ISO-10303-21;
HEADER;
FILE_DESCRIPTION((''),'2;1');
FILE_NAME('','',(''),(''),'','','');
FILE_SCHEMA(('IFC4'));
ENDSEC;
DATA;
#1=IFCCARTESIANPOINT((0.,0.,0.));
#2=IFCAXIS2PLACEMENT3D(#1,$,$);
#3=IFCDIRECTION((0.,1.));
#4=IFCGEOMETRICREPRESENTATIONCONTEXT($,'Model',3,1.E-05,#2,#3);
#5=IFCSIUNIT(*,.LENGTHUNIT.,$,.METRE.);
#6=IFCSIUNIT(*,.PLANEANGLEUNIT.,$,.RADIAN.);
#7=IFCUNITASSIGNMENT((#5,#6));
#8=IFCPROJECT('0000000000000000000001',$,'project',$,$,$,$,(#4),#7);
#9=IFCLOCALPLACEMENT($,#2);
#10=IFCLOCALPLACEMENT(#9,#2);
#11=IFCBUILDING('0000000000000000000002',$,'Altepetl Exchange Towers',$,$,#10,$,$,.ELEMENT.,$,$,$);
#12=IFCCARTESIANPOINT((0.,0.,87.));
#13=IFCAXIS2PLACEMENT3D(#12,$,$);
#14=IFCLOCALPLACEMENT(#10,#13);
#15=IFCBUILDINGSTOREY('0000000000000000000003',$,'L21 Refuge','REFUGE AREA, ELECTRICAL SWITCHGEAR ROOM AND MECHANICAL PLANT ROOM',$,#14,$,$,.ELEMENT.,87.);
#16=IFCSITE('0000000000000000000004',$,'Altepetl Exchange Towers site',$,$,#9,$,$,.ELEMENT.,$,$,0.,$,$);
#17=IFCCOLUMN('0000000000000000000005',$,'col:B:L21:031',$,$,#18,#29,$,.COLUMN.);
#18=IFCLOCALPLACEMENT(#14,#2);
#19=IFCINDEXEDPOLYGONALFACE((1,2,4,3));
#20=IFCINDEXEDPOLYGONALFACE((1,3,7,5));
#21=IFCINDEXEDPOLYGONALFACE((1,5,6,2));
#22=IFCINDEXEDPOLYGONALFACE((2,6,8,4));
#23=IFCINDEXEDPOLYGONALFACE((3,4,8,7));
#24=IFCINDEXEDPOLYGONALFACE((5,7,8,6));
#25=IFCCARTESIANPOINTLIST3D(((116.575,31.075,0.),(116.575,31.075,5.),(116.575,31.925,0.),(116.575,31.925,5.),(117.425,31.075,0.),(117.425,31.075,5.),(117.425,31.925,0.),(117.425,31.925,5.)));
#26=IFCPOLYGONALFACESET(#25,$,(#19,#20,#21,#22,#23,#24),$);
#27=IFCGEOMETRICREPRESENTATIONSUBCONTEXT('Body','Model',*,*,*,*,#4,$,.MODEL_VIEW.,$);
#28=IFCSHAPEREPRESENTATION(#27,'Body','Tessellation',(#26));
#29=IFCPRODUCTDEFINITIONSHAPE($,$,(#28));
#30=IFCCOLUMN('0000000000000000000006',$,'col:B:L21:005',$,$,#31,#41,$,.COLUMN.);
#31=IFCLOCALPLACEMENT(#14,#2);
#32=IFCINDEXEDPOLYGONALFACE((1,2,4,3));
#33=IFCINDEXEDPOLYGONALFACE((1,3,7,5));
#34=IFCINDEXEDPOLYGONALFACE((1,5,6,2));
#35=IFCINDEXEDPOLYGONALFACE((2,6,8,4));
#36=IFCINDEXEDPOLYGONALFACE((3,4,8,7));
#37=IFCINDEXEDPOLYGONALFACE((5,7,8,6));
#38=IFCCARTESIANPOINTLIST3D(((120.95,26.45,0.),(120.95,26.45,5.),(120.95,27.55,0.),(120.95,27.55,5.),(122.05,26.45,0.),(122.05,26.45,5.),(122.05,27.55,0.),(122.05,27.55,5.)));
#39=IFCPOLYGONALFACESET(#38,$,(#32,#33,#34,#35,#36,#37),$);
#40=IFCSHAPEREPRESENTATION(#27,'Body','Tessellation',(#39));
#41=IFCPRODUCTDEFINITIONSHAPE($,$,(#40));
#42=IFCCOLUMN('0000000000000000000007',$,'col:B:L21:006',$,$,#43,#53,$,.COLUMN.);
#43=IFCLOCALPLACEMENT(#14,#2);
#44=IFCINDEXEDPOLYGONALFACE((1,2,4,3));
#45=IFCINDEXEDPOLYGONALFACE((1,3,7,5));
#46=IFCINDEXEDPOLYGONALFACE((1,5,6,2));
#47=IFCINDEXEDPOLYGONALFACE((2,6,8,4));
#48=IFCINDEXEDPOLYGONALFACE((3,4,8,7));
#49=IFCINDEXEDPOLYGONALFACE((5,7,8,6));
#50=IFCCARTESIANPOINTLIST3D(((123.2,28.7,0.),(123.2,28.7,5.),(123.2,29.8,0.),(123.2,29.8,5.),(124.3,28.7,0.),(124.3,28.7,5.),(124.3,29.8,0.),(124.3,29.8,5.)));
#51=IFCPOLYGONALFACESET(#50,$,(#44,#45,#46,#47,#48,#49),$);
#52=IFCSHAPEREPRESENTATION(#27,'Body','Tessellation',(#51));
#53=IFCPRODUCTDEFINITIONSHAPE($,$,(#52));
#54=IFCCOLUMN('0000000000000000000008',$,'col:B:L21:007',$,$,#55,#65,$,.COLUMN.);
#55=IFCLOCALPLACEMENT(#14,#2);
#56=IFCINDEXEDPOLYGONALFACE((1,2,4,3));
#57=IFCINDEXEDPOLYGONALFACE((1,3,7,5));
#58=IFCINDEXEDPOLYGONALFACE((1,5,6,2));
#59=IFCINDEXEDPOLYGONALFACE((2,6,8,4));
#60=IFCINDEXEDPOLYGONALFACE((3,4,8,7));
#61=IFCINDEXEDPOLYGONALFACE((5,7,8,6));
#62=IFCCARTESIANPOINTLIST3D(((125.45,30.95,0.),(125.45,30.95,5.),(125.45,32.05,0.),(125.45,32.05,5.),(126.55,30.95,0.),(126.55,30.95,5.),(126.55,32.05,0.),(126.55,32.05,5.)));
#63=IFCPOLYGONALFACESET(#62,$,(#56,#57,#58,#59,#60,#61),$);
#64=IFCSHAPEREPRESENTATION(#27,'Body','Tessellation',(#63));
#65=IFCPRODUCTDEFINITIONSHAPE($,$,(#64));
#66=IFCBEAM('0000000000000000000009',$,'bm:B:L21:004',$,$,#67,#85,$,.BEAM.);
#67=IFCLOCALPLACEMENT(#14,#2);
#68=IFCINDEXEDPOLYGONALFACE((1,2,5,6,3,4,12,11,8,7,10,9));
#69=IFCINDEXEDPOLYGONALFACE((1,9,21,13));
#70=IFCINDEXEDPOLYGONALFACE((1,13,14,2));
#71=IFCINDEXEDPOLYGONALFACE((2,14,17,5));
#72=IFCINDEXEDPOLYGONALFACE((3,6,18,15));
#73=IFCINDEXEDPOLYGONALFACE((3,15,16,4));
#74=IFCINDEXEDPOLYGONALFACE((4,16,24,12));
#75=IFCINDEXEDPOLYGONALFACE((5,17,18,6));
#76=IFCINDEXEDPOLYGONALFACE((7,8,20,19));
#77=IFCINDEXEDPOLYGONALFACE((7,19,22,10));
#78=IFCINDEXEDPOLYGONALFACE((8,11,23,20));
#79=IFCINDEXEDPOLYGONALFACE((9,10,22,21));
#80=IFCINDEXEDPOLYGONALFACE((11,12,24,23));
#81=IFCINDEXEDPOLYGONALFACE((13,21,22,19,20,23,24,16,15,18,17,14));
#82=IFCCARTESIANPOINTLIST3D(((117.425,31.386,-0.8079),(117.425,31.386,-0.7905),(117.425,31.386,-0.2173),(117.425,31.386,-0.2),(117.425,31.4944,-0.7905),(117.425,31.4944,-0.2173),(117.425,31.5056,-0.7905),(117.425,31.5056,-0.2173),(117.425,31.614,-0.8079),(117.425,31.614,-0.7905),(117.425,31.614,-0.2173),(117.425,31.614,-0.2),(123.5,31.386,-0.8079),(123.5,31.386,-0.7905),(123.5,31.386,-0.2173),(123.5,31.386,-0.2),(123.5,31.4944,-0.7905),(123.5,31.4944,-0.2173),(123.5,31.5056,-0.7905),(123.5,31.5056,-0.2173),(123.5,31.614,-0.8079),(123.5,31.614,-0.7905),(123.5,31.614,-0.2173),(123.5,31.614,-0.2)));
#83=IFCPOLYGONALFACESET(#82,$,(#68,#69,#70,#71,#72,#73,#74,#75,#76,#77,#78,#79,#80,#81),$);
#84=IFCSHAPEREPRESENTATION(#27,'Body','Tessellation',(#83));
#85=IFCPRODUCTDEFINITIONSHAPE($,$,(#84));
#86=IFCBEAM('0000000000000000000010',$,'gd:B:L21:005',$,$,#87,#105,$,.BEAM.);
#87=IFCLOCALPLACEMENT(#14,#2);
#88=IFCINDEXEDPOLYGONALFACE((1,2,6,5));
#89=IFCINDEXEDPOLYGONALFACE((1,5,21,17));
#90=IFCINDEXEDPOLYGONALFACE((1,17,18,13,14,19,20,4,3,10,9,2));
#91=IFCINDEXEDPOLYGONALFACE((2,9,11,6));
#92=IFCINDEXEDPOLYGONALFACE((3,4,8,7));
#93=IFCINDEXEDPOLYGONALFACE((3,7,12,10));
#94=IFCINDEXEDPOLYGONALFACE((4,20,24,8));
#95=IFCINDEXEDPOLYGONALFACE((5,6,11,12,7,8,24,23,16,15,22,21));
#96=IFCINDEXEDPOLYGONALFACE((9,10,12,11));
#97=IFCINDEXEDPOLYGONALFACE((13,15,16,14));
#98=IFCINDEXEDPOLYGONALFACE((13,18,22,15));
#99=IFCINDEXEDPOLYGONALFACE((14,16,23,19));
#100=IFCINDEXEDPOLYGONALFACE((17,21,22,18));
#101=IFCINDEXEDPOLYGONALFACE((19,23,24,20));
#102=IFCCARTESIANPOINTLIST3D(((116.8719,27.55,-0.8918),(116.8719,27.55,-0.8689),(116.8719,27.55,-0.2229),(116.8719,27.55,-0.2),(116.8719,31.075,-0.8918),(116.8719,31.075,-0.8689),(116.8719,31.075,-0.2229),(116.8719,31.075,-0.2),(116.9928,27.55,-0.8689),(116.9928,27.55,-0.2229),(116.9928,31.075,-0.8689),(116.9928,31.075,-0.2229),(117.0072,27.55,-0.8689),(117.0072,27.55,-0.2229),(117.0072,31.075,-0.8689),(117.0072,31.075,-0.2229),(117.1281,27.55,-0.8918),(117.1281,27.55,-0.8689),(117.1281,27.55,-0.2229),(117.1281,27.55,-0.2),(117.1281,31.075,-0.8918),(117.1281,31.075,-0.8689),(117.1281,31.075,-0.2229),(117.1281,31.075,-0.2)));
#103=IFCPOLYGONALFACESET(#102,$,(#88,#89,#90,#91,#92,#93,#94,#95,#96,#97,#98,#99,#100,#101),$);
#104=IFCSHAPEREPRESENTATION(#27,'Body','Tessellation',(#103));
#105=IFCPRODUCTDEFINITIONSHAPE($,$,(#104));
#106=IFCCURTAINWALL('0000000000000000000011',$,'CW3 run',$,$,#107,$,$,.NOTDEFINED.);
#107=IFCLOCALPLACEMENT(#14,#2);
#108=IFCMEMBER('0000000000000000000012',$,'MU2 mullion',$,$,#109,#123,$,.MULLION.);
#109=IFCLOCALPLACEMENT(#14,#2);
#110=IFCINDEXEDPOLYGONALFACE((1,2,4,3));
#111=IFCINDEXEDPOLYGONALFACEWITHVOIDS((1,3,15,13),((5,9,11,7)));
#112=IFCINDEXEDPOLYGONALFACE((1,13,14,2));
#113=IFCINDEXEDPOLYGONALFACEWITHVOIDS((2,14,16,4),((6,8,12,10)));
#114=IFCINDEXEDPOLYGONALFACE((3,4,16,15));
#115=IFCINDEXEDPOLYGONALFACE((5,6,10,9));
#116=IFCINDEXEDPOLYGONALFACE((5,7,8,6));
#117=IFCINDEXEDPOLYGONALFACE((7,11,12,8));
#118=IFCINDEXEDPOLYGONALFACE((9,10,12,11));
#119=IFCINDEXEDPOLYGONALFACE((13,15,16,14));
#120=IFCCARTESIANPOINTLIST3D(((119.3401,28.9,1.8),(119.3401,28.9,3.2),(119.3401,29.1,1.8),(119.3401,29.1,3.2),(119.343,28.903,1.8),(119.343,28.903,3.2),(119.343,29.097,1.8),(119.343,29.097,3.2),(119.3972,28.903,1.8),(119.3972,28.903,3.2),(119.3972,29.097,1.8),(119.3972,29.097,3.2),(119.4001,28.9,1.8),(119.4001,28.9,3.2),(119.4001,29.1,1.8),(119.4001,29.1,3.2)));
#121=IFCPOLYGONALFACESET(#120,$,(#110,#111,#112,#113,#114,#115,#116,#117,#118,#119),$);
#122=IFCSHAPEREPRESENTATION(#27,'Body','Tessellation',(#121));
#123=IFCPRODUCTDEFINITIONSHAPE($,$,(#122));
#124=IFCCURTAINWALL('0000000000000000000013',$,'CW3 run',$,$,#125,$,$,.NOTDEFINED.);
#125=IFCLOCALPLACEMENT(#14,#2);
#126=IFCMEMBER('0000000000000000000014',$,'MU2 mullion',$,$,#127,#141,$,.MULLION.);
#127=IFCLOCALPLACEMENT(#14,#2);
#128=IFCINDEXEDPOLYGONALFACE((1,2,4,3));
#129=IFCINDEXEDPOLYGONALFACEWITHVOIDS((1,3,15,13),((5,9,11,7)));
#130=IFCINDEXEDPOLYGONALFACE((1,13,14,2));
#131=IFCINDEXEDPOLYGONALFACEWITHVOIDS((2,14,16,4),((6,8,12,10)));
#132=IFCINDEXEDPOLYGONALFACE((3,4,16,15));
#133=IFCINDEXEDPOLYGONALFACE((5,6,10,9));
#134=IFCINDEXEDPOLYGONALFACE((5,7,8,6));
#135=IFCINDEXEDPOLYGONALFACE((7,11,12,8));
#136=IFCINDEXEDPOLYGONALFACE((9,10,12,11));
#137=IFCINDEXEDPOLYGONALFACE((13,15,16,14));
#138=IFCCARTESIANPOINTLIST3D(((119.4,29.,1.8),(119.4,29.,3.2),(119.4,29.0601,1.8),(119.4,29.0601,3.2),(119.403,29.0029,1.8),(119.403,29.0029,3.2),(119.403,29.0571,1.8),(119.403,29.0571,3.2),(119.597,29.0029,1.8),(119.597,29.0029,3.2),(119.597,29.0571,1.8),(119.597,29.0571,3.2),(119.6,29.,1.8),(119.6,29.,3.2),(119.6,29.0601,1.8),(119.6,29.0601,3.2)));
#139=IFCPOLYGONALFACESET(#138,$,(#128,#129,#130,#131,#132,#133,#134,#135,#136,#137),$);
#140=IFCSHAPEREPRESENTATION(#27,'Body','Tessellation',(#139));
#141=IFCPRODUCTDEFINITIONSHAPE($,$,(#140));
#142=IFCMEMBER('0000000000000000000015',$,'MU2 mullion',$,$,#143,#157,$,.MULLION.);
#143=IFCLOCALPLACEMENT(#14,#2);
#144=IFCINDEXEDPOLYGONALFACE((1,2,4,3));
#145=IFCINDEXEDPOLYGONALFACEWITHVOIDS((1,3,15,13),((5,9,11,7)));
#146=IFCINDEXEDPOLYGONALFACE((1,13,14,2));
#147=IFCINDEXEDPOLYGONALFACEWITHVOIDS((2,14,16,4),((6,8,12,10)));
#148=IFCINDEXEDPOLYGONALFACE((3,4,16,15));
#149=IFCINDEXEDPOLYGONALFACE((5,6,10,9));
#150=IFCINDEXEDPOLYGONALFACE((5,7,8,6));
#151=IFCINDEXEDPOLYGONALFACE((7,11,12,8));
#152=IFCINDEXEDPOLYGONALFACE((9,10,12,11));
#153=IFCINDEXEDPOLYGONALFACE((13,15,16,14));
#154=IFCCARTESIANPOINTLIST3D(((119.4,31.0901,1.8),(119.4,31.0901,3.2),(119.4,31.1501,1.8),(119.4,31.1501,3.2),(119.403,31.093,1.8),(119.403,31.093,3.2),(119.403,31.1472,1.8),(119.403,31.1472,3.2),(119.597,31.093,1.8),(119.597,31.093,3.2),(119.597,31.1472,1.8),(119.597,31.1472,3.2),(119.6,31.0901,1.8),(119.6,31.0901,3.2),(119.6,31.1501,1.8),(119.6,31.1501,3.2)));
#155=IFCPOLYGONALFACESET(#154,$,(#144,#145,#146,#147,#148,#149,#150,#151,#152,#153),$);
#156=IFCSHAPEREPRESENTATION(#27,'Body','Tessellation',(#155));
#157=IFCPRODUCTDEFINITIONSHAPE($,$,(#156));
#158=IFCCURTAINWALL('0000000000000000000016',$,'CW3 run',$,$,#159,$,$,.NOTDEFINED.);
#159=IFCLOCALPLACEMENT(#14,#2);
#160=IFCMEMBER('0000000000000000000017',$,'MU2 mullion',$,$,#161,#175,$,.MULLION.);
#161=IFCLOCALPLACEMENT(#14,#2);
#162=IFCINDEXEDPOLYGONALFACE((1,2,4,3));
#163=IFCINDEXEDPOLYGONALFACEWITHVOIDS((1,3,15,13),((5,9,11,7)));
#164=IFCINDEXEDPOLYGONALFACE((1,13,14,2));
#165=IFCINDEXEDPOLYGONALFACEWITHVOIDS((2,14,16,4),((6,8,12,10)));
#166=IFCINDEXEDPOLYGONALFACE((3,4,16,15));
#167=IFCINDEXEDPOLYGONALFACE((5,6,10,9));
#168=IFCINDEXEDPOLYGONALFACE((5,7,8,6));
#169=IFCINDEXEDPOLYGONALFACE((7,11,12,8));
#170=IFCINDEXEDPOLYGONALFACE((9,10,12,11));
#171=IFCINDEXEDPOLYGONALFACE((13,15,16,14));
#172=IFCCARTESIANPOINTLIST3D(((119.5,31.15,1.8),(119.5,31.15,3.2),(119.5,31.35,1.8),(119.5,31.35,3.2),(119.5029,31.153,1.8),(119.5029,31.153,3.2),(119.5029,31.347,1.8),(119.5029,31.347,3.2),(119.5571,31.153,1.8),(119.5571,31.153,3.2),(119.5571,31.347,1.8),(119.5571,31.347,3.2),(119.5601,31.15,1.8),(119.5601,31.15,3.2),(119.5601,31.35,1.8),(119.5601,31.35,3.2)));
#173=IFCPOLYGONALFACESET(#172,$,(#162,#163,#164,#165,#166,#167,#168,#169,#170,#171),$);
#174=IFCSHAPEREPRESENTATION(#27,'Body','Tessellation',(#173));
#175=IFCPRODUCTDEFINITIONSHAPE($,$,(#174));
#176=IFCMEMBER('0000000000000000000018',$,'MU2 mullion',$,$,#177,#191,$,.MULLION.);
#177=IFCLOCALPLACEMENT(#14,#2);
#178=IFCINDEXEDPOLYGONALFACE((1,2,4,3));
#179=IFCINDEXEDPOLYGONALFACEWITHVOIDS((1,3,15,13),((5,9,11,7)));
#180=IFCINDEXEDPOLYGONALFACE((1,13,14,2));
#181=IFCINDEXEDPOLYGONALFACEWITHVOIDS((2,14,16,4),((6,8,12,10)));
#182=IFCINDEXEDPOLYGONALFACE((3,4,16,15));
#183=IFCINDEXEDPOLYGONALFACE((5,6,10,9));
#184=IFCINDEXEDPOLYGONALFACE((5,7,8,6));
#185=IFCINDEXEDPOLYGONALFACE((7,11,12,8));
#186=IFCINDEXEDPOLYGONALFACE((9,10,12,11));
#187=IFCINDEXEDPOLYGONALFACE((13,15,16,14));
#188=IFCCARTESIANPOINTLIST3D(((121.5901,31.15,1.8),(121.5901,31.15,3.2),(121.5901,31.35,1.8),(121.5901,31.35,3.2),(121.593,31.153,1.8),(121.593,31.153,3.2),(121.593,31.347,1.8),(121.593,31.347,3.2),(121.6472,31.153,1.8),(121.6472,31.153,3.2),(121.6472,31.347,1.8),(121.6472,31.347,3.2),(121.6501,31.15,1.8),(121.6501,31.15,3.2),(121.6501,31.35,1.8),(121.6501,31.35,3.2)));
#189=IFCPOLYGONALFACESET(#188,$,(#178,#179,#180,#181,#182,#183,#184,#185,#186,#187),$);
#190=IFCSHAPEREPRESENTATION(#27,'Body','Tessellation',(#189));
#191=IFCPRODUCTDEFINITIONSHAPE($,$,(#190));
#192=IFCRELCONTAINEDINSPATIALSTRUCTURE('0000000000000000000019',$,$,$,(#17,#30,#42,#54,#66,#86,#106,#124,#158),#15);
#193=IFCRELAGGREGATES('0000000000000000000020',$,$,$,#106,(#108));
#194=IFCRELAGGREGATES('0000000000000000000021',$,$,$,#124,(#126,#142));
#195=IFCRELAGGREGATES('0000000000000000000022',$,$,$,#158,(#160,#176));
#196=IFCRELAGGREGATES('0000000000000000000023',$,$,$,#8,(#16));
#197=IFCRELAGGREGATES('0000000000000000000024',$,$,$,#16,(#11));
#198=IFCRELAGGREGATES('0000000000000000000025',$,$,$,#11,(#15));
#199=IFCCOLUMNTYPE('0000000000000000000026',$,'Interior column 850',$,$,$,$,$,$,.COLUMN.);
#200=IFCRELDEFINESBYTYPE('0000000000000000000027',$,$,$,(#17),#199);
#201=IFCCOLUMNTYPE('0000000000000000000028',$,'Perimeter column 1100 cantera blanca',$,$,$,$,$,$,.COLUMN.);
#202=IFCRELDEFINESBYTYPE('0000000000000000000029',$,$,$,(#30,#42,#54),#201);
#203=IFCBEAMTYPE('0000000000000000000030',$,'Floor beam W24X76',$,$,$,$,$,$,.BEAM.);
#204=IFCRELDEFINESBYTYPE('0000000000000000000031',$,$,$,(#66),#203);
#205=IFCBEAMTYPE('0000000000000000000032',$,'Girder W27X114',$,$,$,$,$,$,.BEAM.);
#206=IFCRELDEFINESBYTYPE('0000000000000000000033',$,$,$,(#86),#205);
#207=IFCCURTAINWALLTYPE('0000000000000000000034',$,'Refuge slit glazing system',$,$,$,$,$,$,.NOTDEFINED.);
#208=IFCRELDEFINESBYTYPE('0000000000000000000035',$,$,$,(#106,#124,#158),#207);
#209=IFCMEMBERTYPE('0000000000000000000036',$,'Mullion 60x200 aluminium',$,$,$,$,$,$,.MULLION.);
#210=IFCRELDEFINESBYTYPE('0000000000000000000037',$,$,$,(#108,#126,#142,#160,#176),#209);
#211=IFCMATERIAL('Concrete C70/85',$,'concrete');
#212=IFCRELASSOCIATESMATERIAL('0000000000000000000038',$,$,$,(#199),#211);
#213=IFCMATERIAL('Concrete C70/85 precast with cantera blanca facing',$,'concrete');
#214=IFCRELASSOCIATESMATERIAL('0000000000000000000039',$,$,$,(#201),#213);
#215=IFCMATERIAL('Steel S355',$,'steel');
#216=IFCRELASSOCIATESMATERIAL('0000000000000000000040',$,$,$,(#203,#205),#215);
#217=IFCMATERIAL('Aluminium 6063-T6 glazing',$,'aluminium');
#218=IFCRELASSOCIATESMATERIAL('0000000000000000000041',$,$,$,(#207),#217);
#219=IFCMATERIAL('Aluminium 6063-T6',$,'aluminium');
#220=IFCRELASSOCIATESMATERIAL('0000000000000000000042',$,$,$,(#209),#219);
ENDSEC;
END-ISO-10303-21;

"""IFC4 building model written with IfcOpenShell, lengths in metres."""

from ifc_helpers import new_model, si_unit, direction, frame, origin, origin_2d, place, context, subcontext, project, spatial, rectangle, hollow_rectangle, i_section, extrude, material, material_profile, profile_set, type_object, element, aggregate, save


model = new_model("IFC4")

# Units and contexts
model_context = context("Model", 3, precision=1e-05, world=origin(), true_north=direction((0.0, 1.0)))
body_context = subcontext(model_context, "Body", "Model", "MODEL_VIEW")
ifc_project = project(units=[si_unit("LENGTHUNIT", "METRE"), si_unit("PLANEANGLEUNIT", "RADIAN")], contexts=[model_context])

# Site, building, storey
site_placement = place(None, origin())
site = spatial("IfcSite", under=ifc_project, at=site_placement, Name="Altepetl Exchange Towers site", CompositionType="ELEMENT", RefElevation=0.0)
building_placement = place(site_placement, origin())
building = spatial("IfcBuilding", under=site, at=building_placement, Name="Altepetl Exchange Towers", CompositionType="ELEMENT")
storey_placement = place(building_placement, frame((0.0, 0.0, 87.0)))
storey = spatial("IfcBuildingStorey", under=building, at=storey_placement, Name="L21 Refuge", Description="REFUGE AREA, ELECTRICAL SWITCHGEAR ROOM AND MECHANICAL PLANT ROOM", CompositionType="ELEMENT", Elevation=87.0)

# Columns
ifc_material_1 = material(Name="Concrete C70/85", Category="concrete")
ifc_material_profile_1 = material_profile(ifc_material_1, rectangle(XDim=0.8501, YDim=0.8501, at=origin_2d()), Name="850 x 850")
ifc_profile_set_1 = profile_set([ifc_material_profile_1], Name="Concrete C70/85")
column_type_1 = type_object("IfcColumnType", Name="Interior column 850", PredefinedType="COLUMN", material=ifc_profile_set_1)
column_placement = place(storey_placement, frame((117.0, 31.5, 0.0)))
element("IfcColumn", 1, at=column_placement, inside=storey, type_object=column_type_1, Name="col:B:L21:031", PredefinedType="COLUMN", context=body_context, shape_type="SweptSolid", body=[
    extrude(rectangle(XDim=0.8501, YDim=0.8501, at=origin_2d()), origin(), (0.0, 0.0, 1.0), 5.0),
])
ifc_material_2 = material(Name="Concrete C70/85 precast with cantera blanca facing", Category="concrete")
ifc_material_profile_2 = material_profile(ifc_material_2, rectangle(XDim=1.1001, YDim=1.1001, at=origin_2d()), Name="1100 x 1100")
ifc_profile_set_2 = profile_set([ifc_material_profile_2], Name="Concrete C70/85 precast with cantera blanca facing")
column_type_2 = type_object("IfcColumnType", Name="Perimeter column 1100 cantera blanca", PredefinedType="COLUMN", material=ifc_profile_set_2)
for number, where, name in (
    (2, (121.5, 27.0, 0.0), "col:B:L21:005"),
    (3, (123.75, 29.25, 0.0), "col:B:L21:006"),
    (4, (126.0, 31.5, 0.0), "col:B:L21:007"),
):
    element("IfcColumn", number, at=place(storey_placement, frame(where)), inside=storey, type_object=column_type_2, Name=name, PredefinedType="COLUMN", context=body_context, shape_type="SweptSolid", body=[
        extrude(rectangle(XDim=1.1001, YDim=1.1001, at=origin_2d()), origin(), (0.0, 0.0, 1.0), 5.0),
    ])

# Beams
ifc_material_3 = material(Name="Steel S355", Category="steel")
ifc_material_profile_3 = material_profile(ifc_material_3, i_section(OverallWidth=0.228, OverallDepth=0.6079, WebThickness=0.0112, FlangeThickness=0.0173, at=origin_2d()), Name="W24X76")
ifc_profile_set_3 = profile_set([ifc_material_profile_3], Name="Steel S355")
beam_type_1 = type_object("IfcBeamType", Name="Floor beam W24X76", PredefinedType="BEAM", material=ifc_profile_set_3)
beam_1_placement = place(storey_placement, frame((117.425, 31.5, -0.5039), z_axis=(1.0, 0.0, 0.0), x_axis=(0.0, 1.0, 0.0)))
element("IfcBeam", 5, at=beam_1_placement, inside=storey, type_object=beam_type_1, Name="bm:B:L21:004", PredefinedType="BEAM", context=body_context, shape_type="SweptSolid", body=[
    extrude(i_section(OverallWidth=0.228, OverallDepth=0.6079, WebThickness=0.0112, FlangeThickness=0.0173, at=origin_2d()), origin(), (0.0, 0.0, 1.0), 6.075),
])
ifc_material_profile_4 = material_profile(ifc_material_3, i_section(OverallWidth=0.2561, OverallDepth=0.6919, WebThickness=0.0144, FlangeThickness=0.0229, at=origin_2d()), Name="W27X114")
ifc_profile_set_4 = profile_set([ifc_material_profile_4], Name="Steel S355")
beam_type_2 = type_object("IfcBeamType", Name="Girder W27X114", PredefinedType="BEAM", material=ifc_profile_set_4)
beam_2_placement = place(storey_placement, frame((117.0, 31.075, -0.5459), z_axis=(0.0, -1.0, 0.0), x_axis=(1.0, 0.0, 0.0)))
element("IfcBeam", 6, at=beam_2_placement, inside=storey, type_object=beam_type_2, Name="gd:B:L21:005", PredefinedType="BEAM", context=body_context, shape_type="SweptSolid", body=[
    extrude(i_section(OverallWidth=0.2561, OverallDepth=0.6919, WebThickness=0.0144, FlangeThickness=0.0229, at=origin_2d()), origin(), (0.0, 0.0, 1.0), 3.5249),
])

# Curtain wall, member
ifc_material_4 = material(Name="Aluminium 6063-T6 glazing", Category="aluminium")
curtain_wall_type = type_object("IfcCurtainWallType", Name="Refuge slit glazing system", PredefinedType="NOTDEFINED", material=ifc_material_4)
curtain_wall_1_placement = place(storey_placement, origin())
curtain_wall_1 = element("IfcCurtainWall", 7, at=curtain_wall_1_placement, inside=storey, type_object=curtain_wall_type, Name="CW3 run", PredefinedType="NOTDEFINED")
ifc_material_5 = material(Name="Aluminium 6063-T6", Category="aluminium")
ifc_material_profile_5 = material_profile(ifc_material_5, hollow_rectangle(XDim=0.0601, YDim=0.2, WallThickness=0.0029, at=origin_2d()), Name="Mullion 60x200 aluminium")
ifc_profile_set_5 = profile_set([ifc_material_profile_5], Name="Aluminium 6063-T6")
member_type = type_object("IfcMemberType", Name="Mullion 60x200 aluminium", PredefinedType="MULLION", material=ifc_profile_set_5)
member_1_placement = place(storey_placement, frame((119.3701, 29.0, 1.8)))
member_1 = element("IfcMember", 8, at=member_1_placement, type_object=member_type, Name="MU2 mullion", PredefinedType="MULLION", context=body_context, shape_type="SweptSolid", body=[
    extrude(hollow_rectangle(XDim=0.0601, YDim=0.2, WallThickness=0.0029, at=origin_2d()), origin(), (0.0, 0.0, 1.0), 1.3999),
])

# Curtain walls, members
curtain_wall_2_placement = place(storey_placement, origin())
curtain_wall_2 = element("IfcCurtainWall", 9, at=curtain_wall_2_placement, inside=storey, type_object=curtain_wall_type, Name="CW3 run", PredefinedType="NOTDEFINED")
member_2_placement = place(storey_placement, frame((119.5, 29.03, 1.8), z_axis=(0.0, 0.0, 1.0), x_axis=(0.0, 1.0, 0.0)))
member_2 = element("IfcMember", 10, at=member_2_placement, type_object=member_type, Name="MU2 mullion", PredefinedType="MULLION", context=body_context, shape_type="SweptSolid", body=[
    extrude(hollow_rectangle(XDim=0.0601, YDim=0.2, WallThickness=0.0029, at=origin_2d()), origin(), (0.0, 0.0, 1.0), 1.3999),
])
member_3_placement = place(storey_placement, frame((119.5, 31.1201, 1.8), z_axis=(0.0, 0.0, 1.0), x_axis=(0.0, 1.0, 0.0)))
member_3 = element("IfcMember", 11, at=member_3_placement, type_object=member_type, Name="MU2 mullion", PredefinedType="MULLION", context=body_context, shape_type="SweptSolid", body=[
    extrude(hollow_rectangle(XDim=0.0601, YDim=0.2, WallThickness=0.0029, at=origin_2d()), origin(), (0.0, 0.0, 1.0), 1.3999),
])
curtain_wall_3_placement = place(storey_placement, origin())
curtain_wall_3 = element("IfcCurtainWall", 12, at=curtain_wall_3_placement, inside=storey, type_object=curtain_wall_type, Name="CW3 run", PredefinedType="NOTDEFINED")
member_4_placement = place(storey_placement, frame((119.53, 31.25, 1.8)))
member_4 = element("IfcMember", 13, at=member_4_placement, type_object=member_type, Name="MU2 mullion", PredefinedType="MULLION", context=body_context, shape_type="SweptSolid", body=[
    extrude(hollow_rectangle(XDim=0.0601, YDim=0.2, WallThickness=0.0029, at=origin_2d()), origin(), (0.0, 0.0, 1.0), 1.3999),
])
member_5_placement = place(storey_placement, frame((121.6201, 31.25, 1.8)))
member_5 = element("IfcMember", 14, at=member_5_placement, type_object=member_type, Name="MU2 mullion", PredefinedType="MULLION", context=body_context, shape_type="SweptSolid", body=[
    extrude(hollow_rectangle(XDim=0.0601, YDim=0.2, WallThickness=0.0029, at=origin_2d()), origin(), (0.0, 0.0, 1.0), 1.3999),
])

aggregate(curtain_wall_1, [member_1])
aggregate(curtain_wall_2, [member_2, member_3])
aggregate(curtain_wall_3, [member_4, member_5])

save(model, "model.ifc")
